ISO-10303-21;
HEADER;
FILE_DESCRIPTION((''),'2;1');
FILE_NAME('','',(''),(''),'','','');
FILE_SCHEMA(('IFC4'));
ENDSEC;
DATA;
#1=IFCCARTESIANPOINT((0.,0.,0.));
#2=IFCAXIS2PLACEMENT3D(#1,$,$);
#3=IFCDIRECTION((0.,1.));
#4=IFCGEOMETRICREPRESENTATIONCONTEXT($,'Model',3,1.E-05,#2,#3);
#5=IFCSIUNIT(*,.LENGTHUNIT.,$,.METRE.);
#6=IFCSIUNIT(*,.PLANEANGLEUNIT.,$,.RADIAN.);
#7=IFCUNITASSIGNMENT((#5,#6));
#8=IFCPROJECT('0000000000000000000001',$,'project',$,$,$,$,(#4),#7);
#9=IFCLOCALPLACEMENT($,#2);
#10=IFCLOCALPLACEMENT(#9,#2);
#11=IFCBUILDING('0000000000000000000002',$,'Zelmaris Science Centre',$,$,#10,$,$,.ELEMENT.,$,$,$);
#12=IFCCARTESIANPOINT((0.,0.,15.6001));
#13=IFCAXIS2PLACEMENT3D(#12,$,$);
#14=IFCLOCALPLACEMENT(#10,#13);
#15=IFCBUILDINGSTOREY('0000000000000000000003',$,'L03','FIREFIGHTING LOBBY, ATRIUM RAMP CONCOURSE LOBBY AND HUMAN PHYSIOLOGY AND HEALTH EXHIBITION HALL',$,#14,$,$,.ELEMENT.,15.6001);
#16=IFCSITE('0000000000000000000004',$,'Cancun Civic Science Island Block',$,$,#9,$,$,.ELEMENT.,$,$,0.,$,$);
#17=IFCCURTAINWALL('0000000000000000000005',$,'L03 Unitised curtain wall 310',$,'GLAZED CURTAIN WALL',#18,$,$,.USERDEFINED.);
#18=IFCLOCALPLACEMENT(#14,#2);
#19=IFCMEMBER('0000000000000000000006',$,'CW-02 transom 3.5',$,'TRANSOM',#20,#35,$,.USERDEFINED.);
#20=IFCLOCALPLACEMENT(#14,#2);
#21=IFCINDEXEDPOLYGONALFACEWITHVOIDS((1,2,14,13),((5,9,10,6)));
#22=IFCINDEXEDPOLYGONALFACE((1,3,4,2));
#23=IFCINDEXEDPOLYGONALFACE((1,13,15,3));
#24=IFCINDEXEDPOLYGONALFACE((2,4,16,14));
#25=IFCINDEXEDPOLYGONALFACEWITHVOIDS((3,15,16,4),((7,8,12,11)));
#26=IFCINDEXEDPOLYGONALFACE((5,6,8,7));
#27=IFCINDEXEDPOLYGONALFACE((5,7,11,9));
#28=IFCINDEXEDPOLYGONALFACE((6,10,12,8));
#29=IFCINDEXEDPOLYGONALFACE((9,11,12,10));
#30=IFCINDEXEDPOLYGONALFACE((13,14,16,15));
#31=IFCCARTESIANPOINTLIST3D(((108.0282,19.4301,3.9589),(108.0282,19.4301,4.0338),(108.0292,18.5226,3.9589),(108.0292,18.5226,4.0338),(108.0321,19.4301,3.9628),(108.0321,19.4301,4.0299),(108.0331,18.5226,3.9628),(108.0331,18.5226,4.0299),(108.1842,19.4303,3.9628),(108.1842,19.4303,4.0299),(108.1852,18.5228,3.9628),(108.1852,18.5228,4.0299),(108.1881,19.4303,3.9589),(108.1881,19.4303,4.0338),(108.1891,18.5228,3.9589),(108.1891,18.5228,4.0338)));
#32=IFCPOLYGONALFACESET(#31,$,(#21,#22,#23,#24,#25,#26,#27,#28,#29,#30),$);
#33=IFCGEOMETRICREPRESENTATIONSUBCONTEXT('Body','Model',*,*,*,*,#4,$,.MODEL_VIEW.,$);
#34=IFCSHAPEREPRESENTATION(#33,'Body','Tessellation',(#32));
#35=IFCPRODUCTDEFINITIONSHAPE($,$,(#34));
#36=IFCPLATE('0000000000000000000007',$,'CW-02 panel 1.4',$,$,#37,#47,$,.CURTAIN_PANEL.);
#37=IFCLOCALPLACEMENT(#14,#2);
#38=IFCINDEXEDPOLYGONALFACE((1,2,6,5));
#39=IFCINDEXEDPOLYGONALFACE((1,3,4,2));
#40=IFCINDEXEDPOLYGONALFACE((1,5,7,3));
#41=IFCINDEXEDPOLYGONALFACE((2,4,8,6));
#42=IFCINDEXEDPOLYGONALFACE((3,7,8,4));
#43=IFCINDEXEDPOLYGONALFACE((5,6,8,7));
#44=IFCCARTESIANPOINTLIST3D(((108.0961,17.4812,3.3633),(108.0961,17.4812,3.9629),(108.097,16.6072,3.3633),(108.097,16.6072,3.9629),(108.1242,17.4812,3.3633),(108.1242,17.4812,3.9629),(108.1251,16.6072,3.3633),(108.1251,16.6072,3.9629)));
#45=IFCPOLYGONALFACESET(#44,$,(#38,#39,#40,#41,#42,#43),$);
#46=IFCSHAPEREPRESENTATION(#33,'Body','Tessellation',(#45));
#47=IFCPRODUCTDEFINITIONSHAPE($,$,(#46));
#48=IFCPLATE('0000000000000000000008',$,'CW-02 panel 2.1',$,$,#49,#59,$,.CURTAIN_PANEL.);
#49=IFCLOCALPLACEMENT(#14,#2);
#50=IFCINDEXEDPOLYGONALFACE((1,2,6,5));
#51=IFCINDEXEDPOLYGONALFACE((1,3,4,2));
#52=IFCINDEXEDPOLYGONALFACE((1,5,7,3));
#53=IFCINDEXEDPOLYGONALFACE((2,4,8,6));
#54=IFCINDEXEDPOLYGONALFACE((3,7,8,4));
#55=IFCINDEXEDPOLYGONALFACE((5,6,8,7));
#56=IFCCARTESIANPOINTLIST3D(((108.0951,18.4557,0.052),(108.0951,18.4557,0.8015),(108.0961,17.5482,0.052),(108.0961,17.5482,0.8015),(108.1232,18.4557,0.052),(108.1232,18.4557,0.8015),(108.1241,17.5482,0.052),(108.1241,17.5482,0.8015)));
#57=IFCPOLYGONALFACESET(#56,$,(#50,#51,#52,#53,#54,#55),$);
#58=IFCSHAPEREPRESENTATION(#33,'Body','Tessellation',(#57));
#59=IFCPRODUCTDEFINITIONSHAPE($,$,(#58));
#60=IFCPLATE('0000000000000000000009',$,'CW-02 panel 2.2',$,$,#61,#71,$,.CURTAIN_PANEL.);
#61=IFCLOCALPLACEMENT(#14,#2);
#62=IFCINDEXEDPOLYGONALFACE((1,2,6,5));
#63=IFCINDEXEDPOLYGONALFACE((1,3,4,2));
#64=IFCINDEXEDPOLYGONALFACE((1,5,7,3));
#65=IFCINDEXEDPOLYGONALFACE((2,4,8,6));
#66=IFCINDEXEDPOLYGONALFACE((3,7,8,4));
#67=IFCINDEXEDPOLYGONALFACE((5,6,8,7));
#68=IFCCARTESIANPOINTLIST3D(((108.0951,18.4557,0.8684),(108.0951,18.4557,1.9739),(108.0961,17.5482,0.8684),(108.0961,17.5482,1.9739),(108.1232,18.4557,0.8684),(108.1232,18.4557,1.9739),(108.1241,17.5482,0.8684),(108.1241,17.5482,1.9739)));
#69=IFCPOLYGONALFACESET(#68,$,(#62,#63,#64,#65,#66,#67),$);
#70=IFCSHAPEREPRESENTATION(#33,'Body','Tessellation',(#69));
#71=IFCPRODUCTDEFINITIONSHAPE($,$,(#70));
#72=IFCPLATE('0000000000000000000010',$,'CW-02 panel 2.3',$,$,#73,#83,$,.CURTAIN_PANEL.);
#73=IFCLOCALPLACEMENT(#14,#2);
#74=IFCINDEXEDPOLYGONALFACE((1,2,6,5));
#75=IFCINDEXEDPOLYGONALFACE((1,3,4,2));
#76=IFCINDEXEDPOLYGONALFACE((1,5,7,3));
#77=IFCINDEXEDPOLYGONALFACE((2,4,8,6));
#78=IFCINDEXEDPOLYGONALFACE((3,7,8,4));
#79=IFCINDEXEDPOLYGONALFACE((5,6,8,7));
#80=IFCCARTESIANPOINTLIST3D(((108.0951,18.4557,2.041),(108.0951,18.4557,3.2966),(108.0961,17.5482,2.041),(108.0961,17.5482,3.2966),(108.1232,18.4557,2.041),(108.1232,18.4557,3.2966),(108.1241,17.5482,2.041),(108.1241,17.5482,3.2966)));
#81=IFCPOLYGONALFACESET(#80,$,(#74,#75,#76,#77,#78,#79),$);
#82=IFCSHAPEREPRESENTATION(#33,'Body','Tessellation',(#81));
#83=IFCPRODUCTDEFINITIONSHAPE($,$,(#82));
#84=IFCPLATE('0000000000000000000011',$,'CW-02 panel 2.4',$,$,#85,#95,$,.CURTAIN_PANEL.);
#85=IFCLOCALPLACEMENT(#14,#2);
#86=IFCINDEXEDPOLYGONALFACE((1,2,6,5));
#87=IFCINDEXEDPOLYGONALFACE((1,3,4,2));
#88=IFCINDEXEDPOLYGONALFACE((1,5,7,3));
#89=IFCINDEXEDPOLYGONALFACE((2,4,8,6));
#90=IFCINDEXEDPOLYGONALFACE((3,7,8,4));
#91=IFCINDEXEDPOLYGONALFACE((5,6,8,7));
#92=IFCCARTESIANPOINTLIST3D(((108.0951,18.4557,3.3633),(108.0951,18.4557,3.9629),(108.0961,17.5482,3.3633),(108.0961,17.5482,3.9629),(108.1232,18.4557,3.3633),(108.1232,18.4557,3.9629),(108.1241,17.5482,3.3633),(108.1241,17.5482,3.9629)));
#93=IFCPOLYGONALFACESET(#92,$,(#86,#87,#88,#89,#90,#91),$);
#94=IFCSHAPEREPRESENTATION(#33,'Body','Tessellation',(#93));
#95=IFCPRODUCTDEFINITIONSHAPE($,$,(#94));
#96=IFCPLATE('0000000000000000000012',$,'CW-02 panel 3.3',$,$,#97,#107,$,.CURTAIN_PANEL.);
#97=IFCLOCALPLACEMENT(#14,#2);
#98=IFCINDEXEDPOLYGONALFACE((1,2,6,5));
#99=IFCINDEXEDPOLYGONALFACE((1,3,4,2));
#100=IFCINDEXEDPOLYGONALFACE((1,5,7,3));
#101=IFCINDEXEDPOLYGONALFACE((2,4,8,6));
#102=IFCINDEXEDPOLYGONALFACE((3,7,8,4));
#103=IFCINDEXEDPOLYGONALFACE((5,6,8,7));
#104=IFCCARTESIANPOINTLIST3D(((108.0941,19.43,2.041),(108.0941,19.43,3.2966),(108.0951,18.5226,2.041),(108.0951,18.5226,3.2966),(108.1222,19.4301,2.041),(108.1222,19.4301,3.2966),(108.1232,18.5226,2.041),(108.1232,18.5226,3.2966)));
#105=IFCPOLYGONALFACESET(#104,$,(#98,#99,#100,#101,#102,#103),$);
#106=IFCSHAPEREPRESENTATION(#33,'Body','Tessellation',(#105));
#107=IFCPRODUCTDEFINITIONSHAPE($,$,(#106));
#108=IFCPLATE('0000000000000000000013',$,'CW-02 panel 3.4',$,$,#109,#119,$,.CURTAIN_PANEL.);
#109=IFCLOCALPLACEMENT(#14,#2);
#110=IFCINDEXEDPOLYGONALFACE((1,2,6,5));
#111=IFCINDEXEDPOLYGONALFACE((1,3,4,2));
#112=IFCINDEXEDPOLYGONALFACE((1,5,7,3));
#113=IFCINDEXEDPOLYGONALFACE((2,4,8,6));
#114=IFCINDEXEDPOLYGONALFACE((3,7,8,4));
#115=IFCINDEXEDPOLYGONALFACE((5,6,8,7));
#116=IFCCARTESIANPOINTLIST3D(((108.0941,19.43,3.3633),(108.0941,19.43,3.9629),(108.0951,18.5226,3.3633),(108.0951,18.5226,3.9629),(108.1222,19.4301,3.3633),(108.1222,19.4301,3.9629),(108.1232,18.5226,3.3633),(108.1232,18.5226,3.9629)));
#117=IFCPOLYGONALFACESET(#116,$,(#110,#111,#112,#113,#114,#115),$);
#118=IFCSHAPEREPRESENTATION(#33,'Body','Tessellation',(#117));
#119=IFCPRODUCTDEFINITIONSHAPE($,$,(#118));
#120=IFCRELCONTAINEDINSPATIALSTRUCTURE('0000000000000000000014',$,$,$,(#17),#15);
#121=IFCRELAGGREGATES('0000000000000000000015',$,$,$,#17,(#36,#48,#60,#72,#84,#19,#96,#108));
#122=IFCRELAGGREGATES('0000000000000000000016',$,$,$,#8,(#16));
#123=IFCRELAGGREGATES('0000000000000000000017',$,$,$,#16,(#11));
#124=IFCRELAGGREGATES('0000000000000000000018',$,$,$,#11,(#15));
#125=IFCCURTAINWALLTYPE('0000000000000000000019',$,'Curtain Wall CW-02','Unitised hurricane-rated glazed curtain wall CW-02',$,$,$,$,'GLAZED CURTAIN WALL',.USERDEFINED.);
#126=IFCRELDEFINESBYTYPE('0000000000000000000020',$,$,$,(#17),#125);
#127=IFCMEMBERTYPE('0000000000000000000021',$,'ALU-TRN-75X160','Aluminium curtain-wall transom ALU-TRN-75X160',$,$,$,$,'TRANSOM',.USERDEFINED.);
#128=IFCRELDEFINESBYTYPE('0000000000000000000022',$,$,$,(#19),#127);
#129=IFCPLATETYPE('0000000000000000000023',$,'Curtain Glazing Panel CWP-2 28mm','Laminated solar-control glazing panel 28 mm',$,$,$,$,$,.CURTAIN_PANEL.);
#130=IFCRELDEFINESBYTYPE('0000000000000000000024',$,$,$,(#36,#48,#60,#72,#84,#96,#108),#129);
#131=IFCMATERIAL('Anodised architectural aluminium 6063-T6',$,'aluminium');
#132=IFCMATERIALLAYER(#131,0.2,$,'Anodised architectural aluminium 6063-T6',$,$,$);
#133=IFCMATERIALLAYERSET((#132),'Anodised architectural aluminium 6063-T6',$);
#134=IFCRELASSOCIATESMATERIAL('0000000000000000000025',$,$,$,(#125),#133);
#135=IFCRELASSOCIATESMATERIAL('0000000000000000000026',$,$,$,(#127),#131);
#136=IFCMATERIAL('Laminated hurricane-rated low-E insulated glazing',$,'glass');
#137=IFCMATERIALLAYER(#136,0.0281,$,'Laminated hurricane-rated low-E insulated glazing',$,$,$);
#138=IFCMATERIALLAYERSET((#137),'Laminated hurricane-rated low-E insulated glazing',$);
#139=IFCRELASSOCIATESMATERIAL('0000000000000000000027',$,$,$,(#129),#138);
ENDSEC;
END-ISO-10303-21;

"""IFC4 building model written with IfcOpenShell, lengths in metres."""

from ifc_helpers import new_model, si_unit, direction, frame, origin, origin_2d, place, context, subcontext, project, spatial, rectangle, hollow_rectangle, extrude, material, layer, layer_set, material_profile, profile_set, type_object, element, aggregate, save


model = new_model("IFC4")

# Units and contexts
model_context = context("Model", 3, precision=1e-05, world=origin(), true_north=direction((0.0, 1.0)))
body_context = subcontext(model_context, "Body", "Model", "MODEL_VIEW")
ifc_project = project(units=[si_unit("LENGTHUNIT", "METRE"), si_unit("PLANEANGLEUNIT", "RADIAN")], contexts=[model_context])

# Site, building, storey
site_placement = place(None, origin())
site = spatial("IfcSite", under=ifc_project, at=site_placement, Name="Cancun Civic Science Island Block", CompositionType="ELEMENT", RefElevation=0.0)
building_placement = place(site_placement, origin())
building = spatial("IfcBuilding", under=site, at=building_placement, Name="Zelmaris Science Centre", CompositionType="ELEMENT")
storey_placement = place(building_placement, frame((0.0, 0.0, 15.6001)))
storey = spatial("IfcBuildingStorey", under=building, at=storey_placement, Name="L03", Description="FIREFIGHTING LOBBY, ATRIUM RAMP CONCOURSE LOBBY AND HUMAN PHYSIOLOGY AND HEALTH EXHIBITION HALL", CompositionType="ELEMENT", Elevation=15.6001)

# Curtain wall, member, plates
ifc_material_1 = material(Name="Anodised architectural aluminium 6063-T6", Category="aluminium")
ifc_layer_1 = layer(ifc_material_1, 0.2, Name="Anodised architectural aluminium 6063-T6")
ifc_layer_set_1 = layer_set([ifc_layer_1], Name="Anodised architectural aluminium 6063-T6")
curtain_wall_type = type_object("IfcCurtainWallType", Name="Curtain Wall CW-02", Description="Unitised hurricane-rated glazed curtain wall CW-02", ElementType="GLAZED CURTAIN WALL", PredefinedType="USERDEFINED", material=ifc_layer_set_1)
curtain_wall_placement = place(storey_placement, origin())
curtain_wall = element("IfcCurtainWall", 1, at=curtain_wall_placement, inside=storey, type_object=curtain_wall_type, Name="L03 Unitised curtain wall 310", ObjectType="GLAZED CURTAIN WALL", PredefinedType="USERDEFINED")
ifc_material_profile_1 = material_profile(ifc_material_1, hollow_rectangle(XDim=0.075, YDim=0.1599, WallThickness=0.0039, at=origin_2d()), Name="ALU-TRN-75X160")
ifc_profile_set_1 = profile_set([ifc_material_profile_1], Name="Anodised architectural aluminium 6063-T6")
member_type_1 = type_object("IfcMemberType", Name="ALU-TRN-75X160", Description="Aluminium curtain-wall transom ALU-TRN-75X160", ElementType="TRANSOM", PredefinedType="USERDEFINED", material=ifc_profile_set_1)
member_1_placement = place(storey_placement, frame((108.1091, 18.5227, 3.9963), z_axis=(-0.001076, 0.999999, 0.0), x_axis=(0.0, 0.0, 1.0)))
member_1 = element("IfcMember", 2, at=member_1_placement, type_object=member_type_1, Name="CW-02 transom 3.5", ObjectType="TRANSOM", PredefinedType="USERDEFINED", context=body_context, shape_type="SweptSolid", body=[
    extrude(hollow_rectangle(XDim=0.075, YDim=0.1599, WallThickness=0.0039, at=origin_2d()), origin(), (0.0, 0.0, 1.0), 0.9075),
])
ifc_material_2 = material(Name="Laminated hurricane-rated low-E insulated glazing", Category="glass")
ifc_layer_2 = layer(ifc_material_2, 0.0281, Name="Laminated hurricane-rated low-E insulated glazing")
ifc_layer_set_2 = layer_set([ifc_layer_2], Name="Laminated hurricane-rated low-E insulated glazing")
plate_type = type_object("IfcPlateType", Name="Curtain Glazing Panel CWP-2 28mm", Description="Laminated solar-control glazing panel 28 mm", PredefinedType="CURTAIN_PANEL", material=ifc_layer_set_2)
plate_1_placement = place(storey_placement, frame((108.1106, 17.0442, 3.3633), z_axis=(0.0, 0.0, 1.0), x_axis=(-0.001052, 0.999999, 0.0)))
plate_1 = element("IfcPlate", 3, at=plate_1_placement, type_object=plate_type, Name="CW-02 panel 1.4", PredefinedType="CURTAIN_PANEL", context=body_context, shape_type="SweptSolid", body=[
    extrude(rectangle(XDim=0.874, YDim=0.0281, at=origin_2d()), origin(), (0.0, 0.0, 1.0), 0.5996),
])
plate_2_placement = place(storey_placement, frame((108.1096, 18.002, 0.052), z_axis=(0.0, 0.0, 1.0), x_axis=(-0.001052, 0.999999, 0.0)))
plate_2 = element("IfcPlate", 4, at=plate_2_placement, type_object=plate_type, Name="CW-02 panel 2.1", PredefinedType="CURTAIN_PANEL", context=body_context, shape_type="SweptSolid", body=[
    extrude(rectangle(XDim=0.9075, YDim=0.0281, at=origin_2d()), origin(), (0.0, 0.0, 1.0), 0.7495),
])
plate_3_placement = place(storey_placement, frame((108.1096, 18.002, 0.8684), z_axis=(0.0, 0.0, 1.0), x_axis=(-0.001052, 0.999999, 0.0)))
plate_3 = element("IfcPlate", 5, at=plate_3_placement, type_object=plate_type, Name="CW-02 panel 2.2", PredefinedType="CURTAIN_PANEL", context=body_context, shape_type="SweptSolid", body=[
    extrude(rectangle(XDim=0.9075, YDim=0.0281, at=origin_2d()), origin(), (0.0, 0.0, 1.0), 1.1055),
])
plate_4_placement = place(storey_placement, frame((108.1096, 18.002, 2.041), z_axis=(0.0, 0.0, 1.0), x_axis=(-0.001052, 0.999999, 0.0)))
plate_4 = element("IfcPlate", 6, at=plate_4_placement, type_object=plate_type, Name="CW-02 panel 2.3", PredefinedType="CURTAIN_PANEL", context=body_context, shape_type="SweptSolid", body=[
    extrude(rectangle(XDim=0.9075, YDim=0.0281, at=origin_2d()), origin(), (0.0, 0.0, 1.0), 1.2556),
])
plate_5_placement = place(storey_placement, frame((108.1096, 18.002, 3.3633), z_axis=(0.0, 0.0, 1.0), x_axis=(-0.001052, 0.999999, 0.0)))
plate_5 = element("IfcPlate", 7, at=plate_5_placement, type_object=plate_type, Name="CW-02 panel 2.4", PredefinedType="CURTAIN_PANEL", context=body_context, shape_type="SweptSolid", body=[
    extrude(rectangle(XDim=0.9075, YDim=0.0281, at=origin_2d()), origin(), (0.0, 0.0, 1.0), 0.5996),
])
plate_6_placement = place(storey_placement, frame((108.1086, 18.9763, 2.041), z_axis=(0.0, 0.0, 1.0), x_axis=(-0.001052, 0.999999, 0.0)))
plate_6 = element("IfcPlate", 8, at=plate_6_placement, type_object=plate_type, Name="CW-02 panel 3.3", PredefinedType="CURTAIN_PANEL", context=body_context, shape_type="SweptSolid", body=[
    extrude(rectangle(XDim=0.9075, YDim=0.0281, at=origin_2d()), origin(), (0.0, 0.0, 1.0), 1.2556),
])
plate_7_placement = place(storey_placement, frame((108.1086, 18.9763, 3.3633), z_axis=(0.0, 0.0, 1.0), x_axis=(-0.001052, 0.999999, 0.0)))
plate_7 = element("IfcPlate", 9, at=plate_7_placement, type_object=plate_type, Name="CW-02 panel 3.4", PredefinedType="CURTAIN_PANEL", context=body_context, shape_type="SweptSolid", body=[
    extrude(rectangle(XDim=0.9075, YDim=0.0281, at=origin_2d()), origin(), (0.0, 0.0, 1.0), 0.5996),
])
aggregate(curtain_wall, [plate_1, plate_2, plate_3, plate_4, plate_5, member_1, plate_6, plate_7])

save(model, "model.ifc")
